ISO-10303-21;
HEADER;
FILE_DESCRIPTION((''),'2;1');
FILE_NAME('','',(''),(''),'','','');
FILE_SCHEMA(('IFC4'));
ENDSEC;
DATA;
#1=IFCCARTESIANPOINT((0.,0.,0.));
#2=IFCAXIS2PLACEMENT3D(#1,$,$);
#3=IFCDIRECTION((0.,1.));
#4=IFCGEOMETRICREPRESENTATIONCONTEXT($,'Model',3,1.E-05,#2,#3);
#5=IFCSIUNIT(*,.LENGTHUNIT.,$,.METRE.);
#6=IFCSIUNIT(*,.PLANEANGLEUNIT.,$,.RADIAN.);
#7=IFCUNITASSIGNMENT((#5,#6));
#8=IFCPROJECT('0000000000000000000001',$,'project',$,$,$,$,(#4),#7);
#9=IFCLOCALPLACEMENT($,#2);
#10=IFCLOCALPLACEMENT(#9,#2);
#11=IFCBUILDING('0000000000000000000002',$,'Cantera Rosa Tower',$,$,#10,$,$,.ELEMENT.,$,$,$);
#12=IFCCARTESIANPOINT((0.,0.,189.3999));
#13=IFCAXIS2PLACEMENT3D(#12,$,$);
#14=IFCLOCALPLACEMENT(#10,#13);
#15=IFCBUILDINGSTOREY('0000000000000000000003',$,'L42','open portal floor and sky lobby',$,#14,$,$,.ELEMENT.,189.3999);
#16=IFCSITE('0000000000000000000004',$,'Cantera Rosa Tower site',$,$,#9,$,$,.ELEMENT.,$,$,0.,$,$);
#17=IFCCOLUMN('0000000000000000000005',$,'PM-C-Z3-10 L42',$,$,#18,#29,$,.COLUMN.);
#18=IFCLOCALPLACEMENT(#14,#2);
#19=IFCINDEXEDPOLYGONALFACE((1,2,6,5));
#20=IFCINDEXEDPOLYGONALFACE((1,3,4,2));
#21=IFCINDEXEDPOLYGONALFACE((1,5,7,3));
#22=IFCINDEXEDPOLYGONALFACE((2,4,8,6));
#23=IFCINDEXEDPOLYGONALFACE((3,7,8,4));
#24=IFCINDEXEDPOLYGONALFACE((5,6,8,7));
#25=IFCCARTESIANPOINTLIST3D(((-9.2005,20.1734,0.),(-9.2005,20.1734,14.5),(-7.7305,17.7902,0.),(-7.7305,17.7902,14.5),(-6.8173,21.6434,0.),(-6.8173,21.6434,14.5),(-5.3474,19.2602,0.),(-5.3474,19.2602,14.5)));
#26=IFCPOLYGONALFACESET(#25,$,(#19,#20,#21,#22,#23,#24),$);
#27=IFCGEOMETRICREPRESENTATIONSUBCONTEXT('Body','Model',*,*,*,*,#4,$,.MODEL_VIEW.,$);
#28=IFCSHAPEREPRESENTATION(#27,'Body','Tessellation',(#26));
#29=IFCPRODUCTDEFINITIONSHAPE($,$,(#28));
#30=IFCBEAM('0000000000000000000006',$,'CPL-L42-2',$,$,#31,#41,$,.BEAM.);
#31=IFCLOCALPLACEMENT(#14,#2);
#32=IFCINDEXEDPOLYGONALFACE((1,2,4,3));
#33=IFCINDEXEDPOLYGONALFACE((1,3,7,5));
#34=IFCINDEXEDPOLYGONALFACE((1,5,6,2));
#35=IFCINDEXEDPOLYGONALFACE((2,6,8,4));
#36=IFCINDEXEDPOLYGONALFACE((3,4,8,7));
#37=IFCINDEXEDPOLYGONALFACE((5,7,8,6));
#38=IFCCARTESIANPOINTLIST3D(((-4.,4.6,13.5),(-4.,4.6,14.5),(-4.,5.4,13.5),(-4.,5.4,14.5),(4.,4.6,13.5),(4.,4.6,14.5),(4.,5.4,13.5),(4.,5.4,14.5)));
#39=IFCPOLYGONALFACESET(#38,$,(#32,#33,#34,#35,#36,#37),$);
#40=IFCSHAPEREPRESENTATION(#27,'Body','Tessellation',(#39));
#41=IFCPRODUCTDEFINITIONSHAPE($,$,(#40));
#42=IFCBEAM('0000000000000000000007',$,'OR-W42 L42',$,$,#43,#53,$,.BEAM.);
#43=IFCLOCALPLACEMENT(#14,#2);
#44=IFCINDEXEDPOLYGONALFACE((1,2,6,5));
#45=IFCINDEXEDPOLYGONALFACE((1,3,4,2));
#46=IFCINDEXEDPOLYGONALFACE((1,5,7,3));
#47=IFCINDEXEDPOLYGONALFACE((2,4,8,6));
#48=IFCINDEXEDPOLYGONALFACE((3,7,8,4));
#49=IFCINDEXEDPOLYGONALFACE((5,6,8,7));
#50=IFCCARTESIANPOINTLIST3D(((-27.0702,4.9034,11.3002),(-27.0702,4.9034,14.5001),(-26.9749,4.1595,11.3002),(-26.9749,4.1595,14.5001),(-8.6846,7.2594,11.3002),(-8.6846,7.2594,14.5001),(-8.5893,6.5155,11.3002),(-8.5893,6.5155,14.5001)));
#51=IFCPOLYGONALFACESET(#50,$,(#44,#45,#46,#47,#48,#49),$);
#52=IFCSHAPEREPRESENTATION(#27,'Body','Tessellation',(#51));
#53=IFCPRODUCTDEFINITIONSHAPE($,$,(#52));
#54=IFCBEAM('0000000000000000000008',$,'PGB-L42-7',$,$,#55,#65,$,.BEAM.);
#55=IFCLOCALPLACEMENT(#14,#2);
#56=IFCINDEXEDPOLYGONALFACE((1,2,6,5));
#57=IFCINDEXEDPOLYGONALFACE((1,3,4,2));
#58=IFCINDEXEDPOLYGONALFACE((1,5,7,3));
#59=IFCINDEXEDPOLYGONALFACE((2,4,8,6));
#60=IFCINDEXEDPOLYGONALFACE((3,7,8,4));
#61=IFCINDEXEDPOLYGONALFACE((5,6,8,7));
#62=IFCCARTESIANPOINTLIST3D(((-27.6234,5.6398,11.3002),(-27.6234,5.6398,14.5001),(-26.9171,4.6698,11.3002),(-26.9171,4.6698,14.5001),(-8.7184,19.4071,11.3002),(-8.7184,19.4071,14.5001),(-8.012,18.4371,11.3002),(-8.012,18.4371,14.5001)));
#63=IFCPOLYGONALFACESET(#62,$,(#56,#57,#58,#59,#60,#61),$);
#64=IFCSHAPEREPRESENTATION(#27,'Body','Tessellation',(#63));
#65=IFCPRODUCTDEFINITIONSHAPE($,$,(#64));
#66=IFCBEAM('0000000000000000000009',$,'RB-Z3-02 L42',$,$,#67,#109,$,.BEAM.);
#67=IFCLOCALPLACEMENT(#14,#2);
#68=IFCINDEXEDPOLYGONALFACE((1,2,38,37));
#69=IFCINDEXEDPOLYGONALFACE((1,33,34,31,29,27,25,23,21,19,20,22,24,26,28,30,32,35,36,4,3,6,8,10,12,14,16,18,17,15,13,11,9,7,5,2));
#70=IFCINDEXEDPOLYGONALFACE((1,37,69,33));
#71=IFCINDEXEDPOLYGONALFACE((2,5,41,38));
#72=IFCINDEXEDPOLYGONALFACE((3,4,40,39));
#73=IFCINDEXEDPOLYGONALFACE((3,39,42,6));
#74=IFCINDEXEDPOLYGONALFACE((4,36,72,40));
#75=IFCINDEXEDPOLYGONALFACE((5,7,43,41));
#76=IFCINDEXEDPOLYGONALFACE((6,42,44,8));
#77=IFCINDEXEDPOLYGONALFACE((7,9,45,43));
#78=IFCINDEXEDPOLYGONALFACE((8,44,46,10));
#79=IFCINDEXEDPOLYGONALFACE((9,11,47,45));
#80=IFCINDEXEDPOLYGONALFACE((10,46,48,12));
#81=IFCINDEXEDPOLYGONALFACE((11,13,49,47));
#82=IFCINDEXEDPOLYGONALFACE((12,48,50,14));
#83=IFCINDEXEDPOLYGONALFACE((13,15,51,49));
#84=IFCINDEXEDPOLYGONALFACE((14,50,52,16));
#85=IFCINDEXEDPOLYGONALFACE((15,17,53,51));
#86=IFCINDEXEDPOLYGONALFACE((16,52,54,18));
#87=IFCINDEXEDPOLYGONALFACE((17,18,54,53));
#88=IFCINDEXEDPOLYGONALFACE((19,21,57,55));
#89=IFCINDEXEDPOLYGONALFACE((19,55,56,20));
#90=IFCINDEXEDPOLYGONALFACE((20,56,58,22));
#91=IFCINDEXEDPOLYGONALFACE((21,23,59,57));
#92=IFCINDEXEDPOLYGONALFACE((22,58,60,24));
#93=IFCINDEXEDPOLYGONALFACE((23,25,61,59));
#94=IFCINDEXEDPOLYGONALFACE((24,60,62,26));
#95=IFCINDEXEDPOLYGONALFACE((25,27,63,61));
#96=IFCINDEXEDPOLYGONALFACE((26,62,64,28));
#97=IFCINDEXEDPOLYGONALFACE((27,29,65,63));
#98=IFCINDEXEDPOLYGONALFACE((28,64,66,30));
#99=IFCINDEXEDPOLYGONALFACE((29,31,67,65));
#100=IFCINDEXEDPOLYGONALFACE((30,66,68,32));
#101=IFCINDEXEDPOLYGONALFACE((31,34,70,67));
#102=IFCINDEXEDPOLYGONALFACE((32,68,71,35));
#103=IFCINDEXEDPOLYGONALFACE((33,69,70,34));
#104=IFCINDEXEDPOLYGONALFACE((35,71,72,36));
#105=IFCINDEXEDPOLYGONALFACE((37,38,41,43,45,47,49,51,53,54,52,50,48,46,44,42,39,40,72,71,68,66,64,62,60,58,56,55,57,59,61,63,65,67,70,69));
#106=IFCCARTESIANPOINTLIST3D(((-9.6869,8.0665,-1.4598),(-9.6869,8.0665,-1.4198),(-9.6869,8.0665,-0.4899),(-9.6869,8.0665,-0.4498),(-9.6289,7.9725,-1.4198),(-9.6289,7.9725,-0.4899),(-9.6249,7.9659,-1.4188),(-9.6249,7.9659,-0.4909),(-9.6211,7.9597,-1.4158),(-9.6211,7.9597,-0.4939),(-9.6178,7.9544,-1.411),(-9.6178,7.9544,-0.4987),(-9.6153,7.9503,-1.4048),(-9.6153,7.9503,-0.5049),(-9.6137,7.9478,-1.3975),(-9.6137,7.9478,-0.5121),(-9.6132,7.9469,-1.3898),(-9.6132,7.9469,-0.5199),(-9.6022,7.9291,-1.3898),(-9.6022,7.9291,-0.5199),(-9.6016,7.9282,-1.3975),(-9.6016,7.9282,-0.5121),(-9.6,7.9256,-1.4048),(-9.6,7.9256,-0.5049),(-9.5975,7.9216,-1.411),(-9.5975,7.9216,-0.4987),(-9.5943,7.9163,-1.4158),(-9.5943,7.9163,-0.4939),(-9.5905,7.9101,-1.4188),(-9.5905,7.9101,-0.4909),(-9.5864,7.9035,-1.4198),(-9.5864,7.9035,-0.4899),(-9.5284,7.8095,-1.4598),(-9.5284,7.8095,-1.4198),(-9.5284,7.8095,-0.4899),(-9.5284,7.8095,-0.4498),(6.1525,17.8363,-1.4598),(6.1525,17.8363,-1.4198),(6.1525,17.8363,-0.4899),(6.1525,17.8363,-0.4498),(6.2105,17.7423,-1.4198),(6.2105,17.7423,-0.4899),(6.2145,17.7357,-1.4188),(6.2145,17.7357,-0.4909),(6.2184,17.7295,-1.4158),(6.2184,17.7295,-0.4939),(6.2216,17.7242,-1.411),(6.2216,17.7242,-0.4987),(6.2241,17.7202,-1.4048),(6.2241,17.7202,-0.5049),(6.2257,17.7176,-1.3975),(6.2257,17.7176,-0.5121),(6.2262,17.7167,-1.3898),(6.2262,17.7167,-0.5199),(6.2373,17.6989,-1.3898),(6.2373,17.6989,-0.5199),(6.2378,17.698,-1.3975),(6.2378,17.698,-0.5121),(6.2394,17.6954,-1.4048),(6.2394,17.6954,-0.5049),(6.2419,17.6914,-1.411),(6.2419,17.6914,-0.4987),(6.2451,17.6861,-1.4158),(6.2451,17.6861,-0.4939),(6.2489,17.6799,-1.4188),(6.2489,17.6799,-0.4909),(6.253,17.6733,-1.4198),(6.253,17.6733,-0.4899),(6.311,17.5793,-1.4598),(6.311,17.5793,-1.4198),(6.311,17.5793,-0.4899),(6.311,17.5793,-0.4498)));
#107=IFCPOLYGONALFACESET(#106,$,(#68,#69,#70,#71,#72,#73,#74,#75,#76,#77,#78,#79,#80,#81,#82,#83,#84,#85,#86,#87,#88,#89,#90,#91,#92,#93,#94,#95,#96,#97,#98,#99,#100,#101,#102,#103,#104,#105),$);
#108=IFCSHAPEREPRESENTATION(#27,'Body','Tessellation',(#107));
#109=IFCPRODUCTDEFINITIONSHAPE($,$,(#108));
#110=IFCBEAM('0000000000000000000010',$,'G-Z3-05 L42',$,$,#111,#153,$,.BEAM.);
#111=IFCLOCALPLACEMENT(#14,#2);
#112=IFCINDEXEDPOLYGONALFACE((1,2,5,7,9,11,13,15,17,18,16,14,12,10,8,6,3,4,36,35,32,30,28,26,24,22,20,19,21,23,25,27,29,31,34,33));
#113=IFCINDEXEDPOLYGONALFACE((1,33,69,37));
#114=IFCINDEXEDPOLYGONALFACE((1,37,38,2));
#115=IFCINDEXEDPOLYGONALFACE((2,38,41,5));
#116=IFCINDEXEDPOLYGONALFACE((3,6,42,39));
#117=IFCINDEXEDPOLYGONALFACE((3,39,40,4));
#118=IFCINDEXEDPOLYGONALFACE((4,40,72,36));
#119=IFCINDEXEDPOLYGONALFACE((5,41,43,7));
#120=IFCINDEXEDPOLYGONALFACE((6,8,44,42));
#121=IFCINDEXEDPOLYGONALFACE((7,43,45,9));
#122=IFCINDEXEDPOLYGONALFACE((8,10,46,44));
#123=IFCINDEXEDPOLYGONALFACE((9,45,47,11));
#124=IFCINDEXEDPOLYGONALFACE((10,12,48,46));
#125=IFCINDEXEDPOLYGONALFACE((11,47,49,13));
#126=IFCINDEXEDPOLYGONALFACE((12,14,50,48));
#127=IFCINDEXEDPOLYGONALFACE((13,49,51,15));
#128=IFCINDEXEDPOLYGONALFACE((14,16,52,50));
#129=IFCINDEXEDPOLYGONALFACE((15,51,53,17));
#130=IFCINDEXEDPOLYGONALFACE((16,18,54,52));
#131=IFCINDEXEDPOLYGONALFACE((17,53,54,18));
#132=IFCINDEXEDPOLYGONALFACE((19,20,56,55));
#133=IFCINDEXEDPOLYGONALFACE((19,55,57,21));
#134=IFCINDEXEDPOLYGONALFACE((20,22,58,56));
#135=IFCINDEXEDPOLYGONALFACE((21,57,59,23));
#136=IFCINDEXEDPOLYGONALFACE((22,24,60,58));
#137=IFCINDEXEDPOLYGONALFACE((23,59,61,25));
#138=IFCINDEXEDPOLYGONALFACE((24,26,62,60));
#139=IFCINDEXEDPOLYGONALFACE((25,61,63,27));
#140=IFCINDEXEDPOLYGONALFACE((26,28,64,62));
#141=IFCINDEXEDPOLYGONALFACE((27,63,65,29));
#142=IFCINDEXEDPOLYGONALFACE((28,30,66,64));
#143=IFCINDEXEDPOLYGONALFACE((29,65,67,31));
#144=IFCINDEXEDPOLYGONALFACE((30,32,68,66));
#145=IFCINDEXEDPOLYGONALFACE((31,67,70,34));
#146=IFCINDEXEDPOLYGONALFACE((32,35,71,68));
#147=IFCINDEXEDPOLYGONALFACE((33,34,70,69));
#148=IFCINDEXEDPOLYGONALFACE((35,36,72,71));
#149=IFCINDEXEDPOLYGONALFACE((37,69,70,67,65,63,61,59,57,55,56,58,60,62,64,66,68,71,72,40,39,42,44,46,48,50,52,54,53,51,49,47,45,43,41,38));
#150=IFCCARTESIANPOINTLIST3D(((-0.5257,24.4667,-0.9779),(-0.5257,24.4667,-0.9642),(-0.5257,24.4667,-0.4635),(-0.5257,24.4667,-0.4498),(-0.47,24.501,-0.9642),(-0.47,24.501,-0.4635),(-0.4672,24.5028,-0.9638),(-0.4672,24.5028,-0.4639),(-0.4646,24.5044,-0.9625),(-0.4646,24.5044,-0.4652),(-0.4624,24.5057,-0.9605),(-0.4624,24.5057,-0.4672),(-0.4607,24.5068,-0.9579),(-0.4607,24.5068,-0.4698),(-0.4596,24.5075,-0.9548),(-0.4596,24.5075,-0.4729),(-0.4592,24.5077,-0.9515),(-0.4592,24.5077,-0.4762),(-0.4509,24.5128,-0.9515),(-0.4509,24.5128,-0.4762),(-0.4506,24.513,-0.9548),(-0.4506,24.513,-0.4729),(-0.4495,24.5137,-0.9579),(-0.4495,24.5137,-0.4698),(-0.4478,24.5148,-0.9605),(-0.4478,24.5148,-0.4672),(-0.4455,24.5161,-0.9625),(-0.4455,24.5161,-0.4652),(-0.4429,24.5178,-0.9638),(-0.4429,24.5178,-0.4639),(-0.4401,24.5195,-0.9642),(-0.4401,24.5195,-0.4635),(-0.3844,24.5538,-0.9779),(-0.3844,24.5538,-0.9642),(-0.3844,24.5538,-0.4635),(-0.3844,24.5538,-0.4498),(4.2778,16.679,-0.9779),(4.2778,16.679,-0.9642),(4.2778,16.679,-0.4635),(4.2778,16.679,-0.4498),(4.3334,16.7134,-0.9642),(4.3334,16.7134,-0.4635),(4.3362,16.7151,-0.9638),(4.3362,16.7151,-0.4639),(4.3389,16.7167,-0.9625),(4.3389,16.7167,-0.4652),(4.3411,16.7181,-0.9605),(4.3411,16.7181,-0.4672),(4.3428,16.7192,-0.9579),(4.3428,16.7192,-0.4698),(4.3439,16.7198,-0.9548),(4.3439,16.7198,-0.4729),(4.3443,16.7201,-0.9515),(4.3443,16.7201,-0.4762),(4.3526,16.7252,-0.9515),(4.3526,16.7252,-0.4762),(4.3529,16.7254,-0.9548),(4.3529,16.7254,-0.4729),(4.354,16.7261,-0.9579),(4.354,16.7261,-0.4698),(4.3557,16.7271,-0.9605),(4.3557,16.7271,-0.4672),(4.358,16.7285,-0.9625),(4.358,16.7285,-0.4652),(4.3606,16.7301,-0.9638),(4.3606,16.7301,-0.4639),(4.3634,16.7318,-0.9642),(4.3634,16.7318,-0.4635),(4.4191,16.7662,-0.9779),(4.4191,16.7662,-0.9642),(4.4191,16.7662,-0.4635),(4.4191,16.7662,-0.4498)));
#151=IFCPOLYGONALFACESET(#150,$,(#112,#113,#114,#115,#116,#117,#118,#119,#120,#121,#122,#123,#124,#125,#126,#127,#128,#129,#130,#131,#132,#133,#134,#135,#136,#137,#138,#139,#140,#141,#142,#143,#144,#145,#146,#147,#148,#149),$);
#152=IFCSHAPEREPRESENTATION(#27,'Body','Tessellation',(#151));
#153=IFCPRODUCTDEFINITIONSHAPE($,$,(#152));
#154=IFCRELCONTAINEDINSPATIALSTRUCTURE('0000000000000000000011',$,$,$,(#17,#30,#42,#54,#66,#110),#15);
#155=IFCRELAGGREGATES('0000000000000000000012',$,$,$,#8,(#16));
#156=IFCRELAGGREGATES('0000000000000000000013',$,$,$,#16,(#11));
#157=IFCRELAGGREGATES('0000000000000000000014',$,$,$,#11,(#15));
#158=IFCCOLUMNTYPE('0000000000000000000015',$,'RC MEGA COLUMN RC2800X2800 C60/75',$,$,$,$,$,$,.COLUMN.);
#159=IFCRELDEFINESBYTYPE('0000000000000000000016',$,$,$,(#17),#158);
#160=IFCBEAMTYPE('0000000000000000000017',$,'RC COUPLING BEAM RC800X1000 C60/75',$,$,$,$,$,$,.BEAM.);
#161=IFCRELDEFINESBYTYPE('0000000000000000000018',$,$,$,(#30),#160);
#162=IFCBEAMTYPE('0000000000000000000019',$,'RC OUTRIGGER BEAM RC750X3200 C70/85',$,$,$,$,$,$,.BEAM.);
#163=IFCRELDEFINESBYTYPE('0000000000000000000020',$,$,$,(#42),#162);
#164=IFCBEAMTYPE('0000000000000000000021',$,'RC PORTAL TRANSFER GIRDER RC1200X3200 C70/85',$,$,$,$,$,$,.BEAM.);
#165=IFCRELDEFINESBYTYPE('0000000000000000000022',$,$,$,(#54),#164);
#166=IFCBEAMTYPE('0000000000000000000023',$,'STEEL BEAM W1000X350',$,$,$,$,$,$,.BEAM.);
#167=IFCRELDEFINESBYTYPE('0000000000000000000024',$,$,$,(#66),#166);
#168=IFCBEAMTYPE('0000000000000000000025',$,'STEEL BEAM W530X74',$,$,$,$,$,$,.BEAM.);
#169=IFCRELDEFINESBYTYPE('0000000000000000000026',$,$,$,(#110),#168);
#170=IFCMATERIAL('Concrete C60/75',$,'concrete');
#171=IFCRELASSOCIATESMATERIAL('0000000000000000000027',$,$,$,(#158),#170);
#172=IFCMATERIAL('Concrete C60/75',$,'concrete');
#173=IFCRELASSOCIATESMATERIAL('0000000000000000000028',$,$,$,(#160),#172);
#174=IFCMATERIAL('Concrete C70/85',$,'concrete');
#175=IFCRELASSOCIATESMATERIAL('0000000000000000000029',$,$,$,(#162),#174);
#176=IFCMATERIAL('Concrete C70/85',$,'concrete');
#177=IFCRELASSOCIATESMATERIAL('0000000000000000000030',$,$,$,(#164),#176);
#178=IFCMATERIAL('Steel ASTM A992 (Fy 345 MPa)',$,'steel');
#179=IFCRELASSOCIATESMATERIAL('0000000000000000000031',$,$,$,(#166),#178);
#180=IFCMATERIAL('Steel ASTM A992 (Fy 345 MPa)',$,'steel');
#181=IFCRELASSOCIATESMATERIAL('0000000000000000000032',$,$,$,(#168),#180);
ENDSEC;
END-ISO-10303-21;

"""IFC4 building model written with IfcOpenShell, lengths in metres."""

from ifc_helpers import new_model, si_unit, direction, frame, origin, origin_2d, place, context, subcontext, project, spatial, rectangle, i_section, extrude, material, material_profile, profile_set, type_object, element, save


model = new_model("IFC4")

# Units and contexts
model_context = context("Model", 3, precision=1e-05, world=origin(), true_north=direction((0.0, 1.0)))
body_context = subcontext(model_context, "Body", "Model", "MODEL_VIEW")
ifc_project = project(units=[si_unit("LENGTHUNIT", "METRE"), si_unit("PLANEANGLEUNIT", "RADIAN")], contexts=[model_context])

# Site, building, storey
site_placement = place(None, origin())
site = spatial("IfcSite", under=ifc_project, at=site_placement, Name="Cantera Rosa Tower site", CompositionType="ELEMENT", RefElevation=0.0)
building_placement = place(site_placement, origin())
building = spatial("IfcBuilding", under=site, at=building_placement, Name="Cantera Rosa Tower", CompositionType="ELEMENT")
storey_placement = place(building_placement, frame((0.0, 0.0, 189.3999)))
storey = spatial("IfcBuildingStorey", under=building, at=storey_placement, Name="L42", Description="open portal floor and sky lobby", CompositionType="ELEMENT", Elevation=189.3999)

# Column
ifc_material_1 = material(Name="Concrete C60/75", Category="concrete")
ifc_material_profile_1 = material_profile(ifc_material_1, rectangle(XDim=2.8, YDim=2.8, at=origin_2d()), Name="RC MEGA COLUMN RC2800X2800 C60/75")
ifc_profile_set_1 = profile_set([ifc_material_profile_1], Name="Concrete C60/75")
column_type = type_object("IfcColumnType", Name="RC MEGA COLUMN RC2800X2800 C60/75", PredefinedType="COLUMN", material=ifc_profile_set_1)
column_placement = place(storey_placement, frame((-7.2739, 19.7168, 0.0), z_axis=(0.0, 0.0, 1.0), x_axis=(0.851117, 0.524977, 0.0)))
element("IfcColumn", 1, at=column_placement, inside=storey, type_object=column_type, Name="PM-C-Z3-10 L42", PredefinedType="COLUMN", context=body_context, shape_type="SweptSolid", body=[
    extrude(rectangle(XDim=2.8, YDim=2.8, at=origin_2d()), origin(), (0.0, 0.0, 1.0), 14.5),
])

# Beams
ifc_material_2 = material(Name="Concrete C60/75", Category="concrete")
ifc_material_profile_2 = material_profile(ifc_material_2, rectangle(XDim=0.8, YDim=1.0, at=origin_2d()), Name="RC COUPLING BEAM RC800X1000 C60/75")
ifc_profile_set_2 = profile_set([ifc_material_profile_2], Name="Concrete C60/75")
beam_type_1 = type_object("IfcBeamType", Name="RC COUPLING BEAM RC800X1000 C60/75", PredefinedType="BEAM", material=ifc_profile_set_2)
beam_1_placement = place(storey_placement, frame((-4.0, 5.0, 14.0), z_axis=(1.0, 0.0, 0.0), x_axis=(0.0, 1.0, 0.0)))
element("IfcBeam", 2, at=beam_1_placement, inside=storey, type_object=beam_type_1, Name="CPL-L42-2", PredefinedType="BEAM", context=body_context, shape_type="SweptSolid", body=[
    extrude(rectangle(XDim=0.8, YDim=1.0, at=origin_2d()), origin(), (0.0, 0.0, 1.0), 8.0),
])
ifc_material_3 = material(Name="Concrete C70/85", Category="concrete")
ifc_material_profile_3 = material_profile(ifc_material_3, rectangle(XDim=0.75, YDim=3.2, at=origin_2d()), Name="RC OUTRIGGER BEAM RC750X3200 C70/85")
ifc_profile_set_3 = profile_set([ifc_material_profile_3], Name="Concrete C70/85")
beam_type_2 = type_object("IfcBeamType", Name="RC OUTRIGGER BEAM RC750X3200 C70/85", PredefinedType="BEAM", material=ifc_profile_set_3)
beam_2_placement = place(storey_placement, frame((-8.637, 6.8875, 12.9001), z_axis=(-0.99189, -0.127103, 0.0), x_axis=(0.127103, -0.99189, 0.0)))
element("IfcBeam", 3, at=beam_2_placement, inside=storey, type_object=beam_type_2, Name="OR-W42 L42", PredefinedType="BEAM", context=body_context, shape_type="SweptSolid", body=[
    extrude(rectangle(XDim=0.75, YDim=3.2, at=origin_2d()), origin(), (0.0, 0.0, 1.0), 18.5359),
])
ifc_material_4 = material(Name="Concrete C70/85", Category="concrete")
ifc_material_profile_4 = material_profile(ifc_material_4, rectangle(XDim=1.2, YDim=3.2, at=origin_2d()), Name="RC PORTAL TRANSFER GIRDER RC1200X3200 C70/85")
ifc_profile_set_4 = profile_set([ifc_material_profile_4], Name="Concrete C70/85")
beam_type_3 = type_object("IfcBeamType", Name="RC PORTAL TRANSFER GIRDER RC1200X3200 C70/85", PredefinedType="BEAM", material=ifc_profile_set_4)
beam_3_placement = place(storey_placement, frame((-8.3652, 18.9221, 12.9001), z_axis=(-0.808365, -0.588681, 0.0), x_axis=(0.588681, -0.808365, 0.0)))
element("IfcBeam", 4, at=beam_3_placement, inside=storey, type_object=beam_type_3, Name="PGB-L42-7", PredefinedType="BEAM", context=body_context, shape_type="SweptSolid", body=[
    extrude(rectangle(XDim=1.2, YDim=3.2, at=origin_2d()), origin(), (0.0, 0.0, 1.0), 23.3867),
])
ifc_material_5 = material(Name="Steel ASTM A992 (Fy 345 MPa)", Category="steel")
ifc_material_profile_5 = material_profile(ifc_material_5, i_section(OverallWidth=0.302, OverallDepth=1.01, WebThickness=0.021, FlangeThickness=0.04, FilletRadius=0.03, at=origin_2d()), Name="W1000X350")
ifc_profile_set_5 = profile_set([ifc_material_profile_5], Name="Steel ASTM A992 (Fy 345 MPa)")
beam_type_4 = type_object("IfcBeamType", Name="STEEL BEAM W1000X350", PredefinedType="BEAM", material=ifc_profile_set_5)
beam_4_placement = place(storey_placement, frame((-9.6077, 7.938, -0.9548), z_axis=(0.851119, 0.524973, 0.0), x_axis=(-0.524973, 0.851119, 0.0)))
element("IfcBeam", 5, at=beam_4_placement, inside=storey, type_object=beam_type_4, Name="RB-Z3-02 L42", PredefinedType="BEAM", context=body_context, shape_type="SweptSolid", body=[
    extrude(i_section(OverallWidth=0.302, OverallDepth=1.01, WebThickness=0.021, FlangeThickness=0.04, FilletRadius=0.03, at=origin_2d()), origin(), (0.0, 0.0, 1.0), 18.6101),
])
ifc_material_6 = material(Name="Steel ASTM A992 (Fy 345 MPa)", Category="steel")
ifc_material_profile_6 = material_profile(ifc_material_6, i_section(OverallWidth=0.166, OverallDepth=0.5281, WebThickness=0.0098, FlangeThickness=0.0137, FilletRadius=0.0127, at=origin_2d()), Name="W530X74")
ifc_profile_set_6 = profile_set([ifc_material_profile_6], Name="Steel ASTM A992 (Fy 345 MPa)")
beam_type_5 = type_object("IfcBeamType", Name="STEEL BEAM W530X74", PredefinedType="BEAM", material=ifc_profile_set_6)
beam_5_placement = place(storey_placement, frame((-0.4551, 24.5103, -0.7139), z_axis=(0.524977, -0.851116, 0.0), x_axis=(0.851116, 0.524977, 0.0)))
element("IfcBeam", 6, at=beam_5_placement, inside=storey, type_object=beam_type_5, Name="G-Z3-05 L42", PredefinedType="BEAM", context=body_context, shape_type="SweptSolid", body=[
    extrude(i_section(OverallWidth=0.166, OverallDepth=0.5281, WebThickness=0.0098, FlangeThickness=0.0137, FilletRadius=0.0127, at=origin_2d()), origin(), (0.0, 0.0, 1.0), 9.1499),
])

save(model, "model.ifc")
